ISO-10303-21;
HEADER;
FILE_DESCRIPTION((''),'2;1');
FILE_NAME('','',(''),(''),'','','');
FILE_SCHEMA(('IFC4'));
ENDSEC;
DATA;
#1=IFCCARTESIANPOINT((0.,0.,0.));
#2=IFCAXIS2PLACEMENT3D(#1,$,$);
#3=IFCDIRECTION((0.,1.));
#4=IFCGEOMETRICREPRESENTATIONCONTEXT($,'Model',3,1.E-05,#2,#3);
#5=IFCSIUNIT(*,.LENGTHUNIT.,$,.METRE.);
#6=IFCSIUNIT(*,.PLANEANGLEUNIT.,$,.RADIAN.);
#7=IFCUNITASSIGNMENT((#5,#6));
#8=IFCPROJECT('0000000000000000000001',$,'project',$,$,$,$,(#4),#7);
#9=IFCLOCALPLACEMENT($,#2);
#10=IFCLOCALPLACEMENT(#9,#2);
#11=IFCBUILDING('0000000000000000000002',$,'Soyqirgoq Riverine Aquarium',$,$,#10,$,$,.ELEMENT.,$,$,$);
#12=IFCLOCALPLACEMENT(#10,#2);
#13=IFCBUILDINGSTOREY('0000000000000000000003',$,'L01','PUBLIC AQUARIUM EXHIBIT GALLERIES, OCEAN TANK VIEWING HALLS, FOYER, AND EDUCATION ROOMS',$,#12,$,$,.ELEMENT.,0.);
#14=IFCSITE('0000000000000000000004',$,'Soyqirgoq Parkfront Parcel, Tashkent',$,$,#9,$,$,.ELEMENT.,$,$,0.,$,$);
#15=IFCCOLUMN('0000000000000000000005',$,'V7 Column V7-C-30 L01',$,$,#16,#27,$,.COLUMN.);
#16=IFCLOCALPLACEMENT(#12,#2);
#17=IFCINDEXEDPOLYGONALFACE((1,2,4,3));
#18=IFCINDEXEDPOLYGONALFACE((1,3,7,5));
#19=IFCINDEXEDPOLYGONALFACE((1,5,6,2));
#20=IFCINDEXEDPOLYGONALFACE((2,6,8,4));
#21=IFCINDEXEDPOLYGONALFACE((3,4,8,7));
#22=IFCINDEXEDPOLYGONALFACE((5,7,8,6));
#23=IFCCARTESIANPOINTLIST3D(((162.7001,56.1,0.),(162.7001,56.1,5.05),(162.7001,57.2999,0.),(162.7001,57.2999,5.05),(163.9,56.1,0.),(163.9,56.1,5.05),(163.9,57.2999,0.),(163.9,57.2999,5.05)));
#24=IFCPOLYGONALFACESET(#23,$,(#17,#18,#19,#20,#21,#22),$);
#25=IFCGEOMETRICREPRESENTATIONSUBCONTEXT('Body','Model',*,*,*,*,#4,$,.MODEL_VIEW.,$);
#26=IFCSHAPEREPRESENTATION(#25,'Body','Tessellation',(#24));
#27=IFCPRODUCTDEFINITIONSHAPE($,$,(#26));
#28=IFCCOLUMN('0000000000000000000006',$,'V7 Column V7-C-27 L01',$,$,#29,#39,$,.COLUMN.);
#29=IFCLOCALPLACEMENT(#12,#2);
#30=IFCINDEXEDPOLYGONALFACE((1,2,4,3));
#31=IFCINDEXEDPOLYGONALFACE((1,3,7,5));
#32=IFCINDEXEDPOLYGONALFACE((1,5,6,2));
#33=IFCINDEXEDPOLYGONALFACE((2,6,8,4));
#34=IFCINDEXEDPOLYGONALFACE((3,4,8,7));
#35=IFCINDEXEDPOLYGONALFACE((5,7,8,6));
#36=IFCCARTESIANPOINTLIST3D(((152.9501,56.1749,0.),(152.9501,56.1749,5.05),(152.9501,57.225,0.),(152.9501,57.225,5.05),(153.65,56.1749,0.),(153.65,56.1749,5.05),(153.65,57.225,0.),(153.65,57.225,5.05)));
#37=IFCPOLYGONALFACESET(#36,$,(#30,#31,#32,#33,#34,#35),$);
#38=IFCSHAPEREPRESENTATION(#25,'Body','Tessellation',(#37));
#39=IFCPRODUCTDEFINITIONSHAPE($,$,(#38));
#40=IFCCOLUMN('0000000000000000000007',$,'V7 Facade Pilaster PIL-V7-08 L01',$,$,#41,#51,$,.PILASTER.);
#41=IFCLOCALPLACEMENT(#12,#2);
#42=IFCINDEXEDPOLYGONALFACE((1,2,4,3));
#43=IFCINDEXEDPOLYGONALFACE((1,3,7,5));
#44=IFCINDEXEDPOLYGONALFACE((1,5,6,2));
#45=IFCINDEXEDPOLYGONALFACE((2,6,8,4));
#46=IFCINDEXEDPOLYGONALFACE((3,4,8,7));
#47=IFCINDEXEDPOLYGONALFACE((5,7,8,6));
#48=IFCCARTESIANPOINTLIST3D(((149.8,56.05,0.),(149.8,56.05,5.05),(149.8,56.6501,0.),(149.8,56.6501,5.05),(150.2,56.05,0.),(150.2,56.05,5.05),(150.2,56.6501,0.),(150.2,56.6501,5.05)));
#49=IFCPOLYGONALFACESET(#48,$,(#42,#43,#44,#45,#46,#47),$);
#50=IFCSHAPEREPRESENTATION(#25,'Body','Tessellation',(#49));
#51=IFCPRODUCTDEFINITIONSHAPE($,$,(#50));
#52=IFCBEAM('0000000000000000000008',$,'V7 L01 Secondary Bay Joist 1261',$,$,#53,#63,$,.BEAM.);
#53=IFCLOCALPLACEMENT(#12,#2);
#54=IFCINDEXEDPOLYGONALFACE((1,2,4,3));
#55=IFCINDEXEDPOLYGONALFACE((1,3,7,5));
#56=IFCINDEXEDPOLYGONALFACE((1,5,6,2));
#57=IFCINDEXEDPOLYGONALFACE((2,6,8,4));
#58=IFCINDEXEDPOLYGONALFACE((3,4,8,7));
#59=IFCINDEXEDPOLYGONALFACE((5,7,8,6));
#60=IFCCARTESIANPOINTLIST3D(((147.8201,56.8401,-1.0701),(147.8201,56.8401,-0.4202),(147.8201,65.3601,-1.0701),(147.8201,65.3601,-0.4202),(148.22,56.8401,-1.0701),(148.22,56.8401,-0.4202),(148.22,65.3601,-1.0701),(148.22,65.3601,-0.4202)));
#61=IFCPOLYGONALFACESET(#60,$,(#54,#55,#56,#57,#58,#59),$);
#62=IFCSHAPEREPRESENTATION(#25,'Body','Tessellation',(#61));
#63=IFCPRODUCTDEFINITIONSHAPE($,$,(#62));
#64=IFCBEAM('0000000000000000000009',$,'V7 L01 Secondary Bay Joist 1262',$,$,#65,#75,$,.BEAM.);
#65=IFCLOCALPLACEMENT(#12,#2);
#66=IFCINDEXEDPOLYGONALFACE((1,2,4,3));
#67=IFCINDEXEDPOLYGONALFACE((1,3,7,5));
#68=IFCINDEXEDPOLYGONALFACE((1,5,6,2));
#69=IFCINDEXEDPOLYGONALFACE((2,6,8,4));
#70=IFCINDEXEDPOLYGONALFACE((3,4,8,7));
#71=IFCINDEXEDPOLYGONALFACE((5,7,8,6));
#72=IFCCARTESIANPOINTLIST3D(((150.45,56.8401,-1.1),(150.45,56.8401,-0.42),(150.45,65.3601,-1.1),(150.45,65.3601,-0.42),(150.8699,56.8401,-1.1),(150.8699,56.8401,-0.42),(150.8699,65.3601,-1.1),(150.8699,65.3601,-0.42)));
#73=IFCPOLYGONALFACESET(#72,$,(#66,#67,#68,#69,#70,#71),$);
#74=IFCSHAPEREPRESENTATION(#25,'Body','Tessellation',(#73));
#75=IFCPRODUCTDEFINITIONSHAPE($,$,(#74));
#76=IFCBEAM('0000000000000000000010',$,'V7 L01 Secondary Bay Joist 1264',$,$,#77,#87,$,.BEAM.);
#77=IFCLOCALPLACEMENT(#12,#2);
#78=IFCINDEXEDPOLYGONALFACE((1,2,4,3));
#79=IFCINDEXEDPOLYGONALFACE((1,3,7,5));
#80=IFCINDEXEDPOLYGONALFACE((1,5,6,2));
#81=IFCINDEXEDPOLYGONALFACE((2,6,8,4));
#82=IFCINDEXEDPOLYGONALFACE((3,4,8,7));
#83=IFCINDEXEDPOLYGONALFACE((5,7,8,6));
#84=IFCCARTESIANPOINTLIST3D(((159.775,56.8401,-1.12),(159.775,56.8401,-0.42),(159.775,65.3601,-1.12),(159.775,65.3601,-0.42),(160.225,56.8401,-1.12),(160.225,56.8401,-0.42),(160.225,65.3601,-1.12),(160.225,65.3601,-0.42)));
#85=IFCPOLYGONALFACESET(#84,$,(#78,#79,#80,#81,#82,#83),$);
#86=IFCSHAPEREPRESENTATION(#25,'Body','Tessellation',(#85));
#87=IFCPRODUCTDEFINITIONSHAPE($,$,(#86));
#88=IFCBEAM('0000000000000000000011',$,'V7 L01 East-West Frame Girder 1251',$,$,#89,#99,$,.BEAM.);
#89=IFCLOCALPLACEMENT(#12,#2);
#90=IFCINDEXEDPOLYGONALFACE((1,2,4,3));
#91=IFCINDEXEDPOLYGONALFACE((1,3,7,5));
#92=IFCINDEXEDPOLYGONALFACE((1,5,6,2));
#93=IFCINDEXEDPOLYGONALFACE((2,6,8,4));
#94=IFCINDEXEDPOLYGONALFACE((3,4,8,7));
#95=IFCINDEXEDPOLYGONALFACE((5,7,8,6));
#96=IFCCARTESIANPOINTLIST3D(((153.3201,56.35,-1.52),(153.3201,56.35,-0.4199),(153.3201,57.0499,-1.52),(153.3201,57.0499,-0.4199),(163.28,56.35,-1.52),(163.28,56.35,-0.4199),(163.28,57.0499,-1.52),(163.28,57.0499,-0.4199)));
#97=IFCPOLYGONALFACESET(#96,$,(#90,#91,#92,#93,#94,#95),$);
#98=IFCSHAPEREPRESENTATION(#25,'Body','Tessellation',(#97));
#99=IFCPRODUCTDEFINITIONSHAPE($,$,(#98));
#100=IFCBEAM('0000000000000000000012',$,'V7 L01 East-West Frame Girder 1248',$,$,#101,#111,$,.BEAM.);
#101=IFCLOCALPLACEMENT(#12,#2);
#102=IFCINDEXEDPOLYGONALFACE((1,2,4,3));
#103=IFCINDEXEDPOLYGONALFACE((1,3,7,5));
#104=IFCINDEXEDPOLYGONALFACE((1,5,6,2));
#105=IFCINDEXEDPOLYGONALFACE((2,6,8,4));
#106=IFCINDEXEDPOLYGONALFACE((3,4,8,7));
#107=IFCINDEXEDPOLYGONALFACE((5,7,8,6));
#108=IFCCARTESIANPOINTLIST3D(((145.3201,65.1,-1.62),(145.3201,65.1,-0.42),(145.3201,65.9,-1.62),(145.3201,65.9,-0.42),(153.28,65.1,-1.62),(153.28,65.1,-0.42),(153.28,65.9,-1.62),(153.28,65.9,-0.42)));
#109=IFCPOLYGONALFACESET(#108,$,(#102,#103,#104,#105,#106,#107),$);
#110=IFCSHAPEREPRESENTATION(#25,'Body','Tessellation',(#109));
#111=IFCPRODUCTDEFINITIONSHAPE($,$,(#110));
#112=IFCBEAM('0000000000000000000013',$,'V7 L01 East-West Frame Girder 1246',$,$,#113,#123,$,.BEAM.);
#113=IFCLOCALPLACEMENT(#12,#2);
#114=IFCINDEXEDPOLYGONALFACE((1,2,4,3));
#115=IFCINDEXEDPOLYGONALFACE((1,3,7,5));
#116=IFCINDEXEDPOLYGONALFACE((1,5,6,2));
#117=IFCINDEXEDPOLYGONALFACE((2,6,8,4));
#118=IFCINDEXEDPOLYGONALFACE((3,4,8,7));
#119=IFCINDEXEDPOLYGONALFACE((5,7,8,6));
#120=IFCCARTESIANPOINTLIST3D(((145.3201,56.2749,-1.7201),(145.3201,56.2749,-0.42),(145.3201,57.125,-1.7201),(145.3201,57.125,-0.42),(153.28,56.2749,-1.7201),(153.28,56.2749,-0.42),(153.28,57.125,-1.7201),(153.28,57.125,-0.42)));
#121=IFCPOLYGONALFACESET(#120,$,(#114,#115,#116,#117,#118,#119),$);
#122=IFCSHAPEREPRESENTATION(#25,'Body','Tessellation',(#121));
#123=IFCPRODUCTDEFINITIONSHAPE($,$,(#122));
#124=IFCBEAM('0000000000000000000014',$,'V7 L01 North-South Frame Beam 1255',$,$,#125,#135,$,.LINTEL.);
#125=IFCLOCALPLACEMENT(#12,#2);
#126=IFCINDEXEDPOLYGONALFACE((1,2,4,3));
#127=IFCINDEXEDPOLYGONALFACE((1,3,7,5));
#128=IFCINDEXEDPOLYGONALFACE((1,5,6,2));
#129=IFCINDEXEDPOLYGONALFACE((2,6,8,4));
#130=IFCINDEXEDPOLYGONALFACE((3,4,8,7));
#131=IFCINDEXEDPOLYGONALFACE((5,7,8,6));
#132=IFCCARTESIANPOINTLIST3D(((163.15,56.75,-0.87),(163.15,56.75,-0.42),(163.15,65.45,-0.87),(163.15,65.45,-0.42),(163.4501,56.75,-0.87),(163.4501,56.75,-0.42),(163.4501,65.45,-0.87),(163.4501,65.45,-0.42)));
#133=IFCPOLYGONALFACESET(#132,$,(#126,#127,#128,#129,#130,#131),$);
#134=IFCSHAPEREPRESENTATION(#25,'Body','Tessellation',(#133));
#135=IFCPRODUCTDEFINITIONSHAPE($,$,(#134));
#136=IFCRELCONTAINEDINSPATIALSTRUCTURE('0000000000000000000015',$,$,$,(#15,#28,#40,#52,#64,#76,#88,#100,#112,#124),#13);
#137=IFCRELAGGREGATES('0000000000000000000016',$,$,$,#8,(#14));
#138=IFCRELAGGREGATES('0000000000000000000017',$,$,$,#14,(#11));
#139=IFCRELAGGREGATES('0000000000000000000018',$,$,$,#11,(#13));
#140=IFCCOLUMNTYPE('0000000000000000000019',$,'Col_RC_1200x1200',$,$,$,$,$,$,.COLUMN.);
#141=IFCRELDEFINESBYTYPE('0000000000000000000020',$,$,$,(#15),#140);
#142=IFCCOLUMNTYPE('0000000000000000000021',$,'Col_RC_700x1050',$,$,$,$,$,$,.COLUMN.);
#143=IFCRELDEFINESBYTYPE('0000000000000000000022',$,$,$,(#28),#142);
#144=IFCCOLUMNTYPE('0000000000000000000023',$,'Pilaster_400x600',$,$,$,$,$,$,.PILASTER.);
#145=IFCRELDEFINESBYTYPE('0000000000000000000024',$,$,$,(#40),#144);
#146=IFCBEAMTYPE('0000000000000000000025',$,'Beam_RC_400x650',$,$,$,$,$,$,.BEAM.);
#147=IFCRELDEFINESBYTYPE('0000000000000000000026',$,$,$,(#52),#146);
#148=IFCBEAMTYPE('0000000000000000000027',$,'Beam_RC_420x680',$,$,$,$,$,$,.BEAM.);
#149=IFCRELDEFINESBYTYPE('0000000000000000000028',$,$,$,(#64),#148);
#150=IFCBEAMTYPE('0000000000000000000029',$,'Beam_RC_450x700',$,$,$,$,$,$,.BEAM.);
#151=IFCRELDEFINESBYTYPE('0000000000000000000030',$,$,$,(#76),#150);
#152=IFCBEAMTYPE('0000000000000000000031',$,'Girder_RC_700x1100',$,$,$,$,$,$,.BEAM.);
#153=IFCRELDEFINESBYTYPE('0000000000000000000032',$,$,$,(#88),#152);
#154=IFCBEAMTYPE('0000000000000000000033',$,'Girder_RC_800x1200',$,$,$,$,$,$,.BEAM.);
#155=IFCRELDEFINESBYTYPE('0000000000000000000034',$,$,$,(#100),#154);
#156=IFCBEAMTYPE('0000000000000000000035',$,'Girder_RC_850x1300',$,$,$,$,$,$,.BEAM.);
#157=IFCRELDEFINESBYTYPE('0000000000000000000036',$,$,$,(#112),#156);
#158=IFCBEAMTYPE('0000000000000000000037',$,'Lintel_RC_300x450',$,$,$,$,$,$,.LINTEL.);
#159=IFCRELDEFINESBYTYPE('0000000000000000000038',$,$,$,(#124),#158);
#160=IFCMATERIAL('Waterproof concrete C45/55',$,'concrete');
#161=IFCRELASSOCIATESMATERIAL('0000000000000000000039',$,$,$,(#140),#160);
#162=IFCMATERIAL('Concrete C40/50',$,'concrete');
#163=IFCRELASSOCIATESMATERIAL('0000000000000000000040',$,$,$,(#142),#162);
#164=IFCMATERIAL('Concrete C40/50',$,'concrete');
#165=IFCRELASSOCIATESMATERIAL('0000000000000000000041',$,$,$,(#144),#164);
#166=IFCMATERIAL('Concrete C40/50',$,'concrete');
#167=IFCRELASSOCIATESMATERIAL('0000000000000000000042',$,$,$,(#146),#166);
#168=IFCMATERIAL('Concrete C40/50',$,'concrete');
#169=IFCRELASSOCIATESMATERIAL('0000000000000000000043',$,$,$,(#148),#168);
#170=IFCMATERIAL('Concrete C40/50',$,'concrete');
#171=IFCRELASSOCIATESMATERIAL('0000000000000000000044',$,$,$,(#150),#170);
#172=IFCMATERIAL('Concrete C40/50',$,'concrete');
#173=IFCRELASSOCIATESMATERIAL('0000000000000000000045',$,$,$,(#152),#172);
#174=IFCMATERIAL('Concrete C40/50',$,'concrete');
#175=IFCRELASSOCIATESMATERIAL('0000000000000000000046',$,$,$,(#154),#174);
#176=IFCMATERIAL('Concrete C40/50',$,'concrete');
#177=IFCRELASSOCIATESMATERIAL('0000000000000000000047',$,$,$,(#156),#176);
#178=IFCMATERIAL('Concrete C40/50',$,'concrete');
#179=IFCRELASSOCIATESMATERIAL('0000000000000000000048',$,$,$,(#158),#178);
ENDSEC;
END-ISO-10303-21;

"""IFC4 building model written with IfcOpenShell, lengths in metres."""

from ifc_helpers import new_model, si_unit, direction, frame, origin, origin_2d, place, context, subcontext, project, spatial, rectangle, extrude, material, material_profile, profile_set, type_object, element, save


model = new_model("IFC4")

# Units and contexts
model_context = context("Model", 3, precision=1e-05, world=origin(), true_north=direction((0.0, 1.0)))
body_context = subcontext(model_context, "Body", "Model", "MODEL_VIEW")
ifc_project = project(units=[si_unit("LENGTHUNIT", "METRE"), si_unit("PLANEANGLEUNIT", "RADIAN")], contexts=[model_context])

# Site, building, storey
site_placement = place(None, origin())
site = spatial("IfcSite", under=ifc_project, at=site_placement, Name="Soyqirgoq Parkfront Parcel, Tashkent", CompositionType="ELEMENT", RefElevation=0.0)
building_placement = place(site_placement, origin())
building = spatial("IfcBuilding", under=site, at=building_placement, Name="Soyqirgoq Riverine Aquarium", CompositionType="ELEMENT")
storey_placement = place(building_placement, origin())
storey = spatial("IfcBuildingStorey", under=building, at=storey_placement, Name="L01", Description="PUBLIC AQUARIUM EXHIBIT GALLERIES, OCEAN TANK VIEWING HALLS, FOYER, AND EDUCATION ROOMS", CompositionType="ELEMENT", Elevation=0.0)

# Columns
ifc_material_1 = material(Name="Waterproof concrete C45/55", Category="concrete")
ifc_material_profile_1 = material_profile(ifc_material_1, rectangle(XDim=1.2, YDim=1.2, at=origin_2d()), Name="RC 1200x1200")
ifc_profile_set_1 = profile_set([ifc_material_profile_1], Name="Waterproof concrete C45/55")
column_type_1 = type_object("IfcColumnType", Name="Col_RC_1200x1200", PredefinedType="COLUMN", material=ifc_profile_set_1)
column_1_placement = place(storey_placement, frame((163.3, 56.7, 0.0), z_axis=(0.0, 0.0, 1.0), x_axis=(1.0, 0.0, 0.0)))
element("IfcColumn", 1, at=column_1_placement, inside=storey, type_object=column_type_1, Name="V7 Column V7-C-30 L01", PredefinedType="COLUMN", context=body_context, shape_type="SweptSolid", body=[
    extrude(rectangle(XDim=1.2, YDim=1.2, at=origin_2d()), origin(), (0.0, 0.0, 1.0), 5.05),
])
ifc_material_2 = material(Name="Concrete C40/50", Category="concrete")
ifc_material_profile_2 = material_profile(ifc_material_2, rectangle(XDim=0.7, YDim=1.05, at=origin_2d()), Name="RC-COL 700x1050")
ifc_profile_set_2 = profile_set([ifc_material_profile_2], Name="Concrete C40/50")
column_type_2 = type_object("IfcColumnType", Name="Col_RC_700x1050", PredefinedType="COLUMN", material=ifc_profile_set_2)
column_2_placement = place(storey_placement, frame((153.3, 56.7, 0.0), z_axis=(0.0, 0.0, 1.0), x_axis=(1.0, 0.0, 0.0)))
element("IfcColumn", 2, at=column_2_placement, inside=storey, type_object=column_type_2, Name="V7 Column V7-C-27 L01", PredefinedType="COLUMN", context=body_context, shape_type="SweptSolid", body=[
    extrude(rectangle(XDim=0.7, YDim=1.05, at=origin_2d()), origin(), (0.0, 0.0, 1.0), 5.05),
])
ifc_material_3 = material(Name="Concrete C40/50", Category="concrete")
ifc_material_profile_3 = material_profile(ifc_material_3, rectangle(XDim=0.3999, YDim=0.6001, at=origin_2d()), Name="RC-PIL 400x600")
ifc_profile_set_3 = profile_set([ifc_material_profile_3], Name="Concrete C40/50")
column_type_3 = type_object("IfcColumnType", Name="Pilaster_400x600", PredefinedType="PILASTER", material=ifc_profile_set_3)
column_3_placement = place(storey_placement, frame((150.0, 56.3501, 0.0), z_axis=(0.0, 0.0, 1.0), x_axis=(1.0, 0.0, 0.0)))
element("IfcColumn", 3, at=column_3_placement, inside=storey, type_object=column_type_3, Name="V7 Facade Pilaster PIL-V7-08 L01", PredefinedType="PILASTER", context=body_context, shape_type="SweptSolid", body=[
    extrude(rectangle(XDim=0.3999, YDim=0.6001, at=origin_2d()), origin(), (0.0, 0.0, 1.0), 5.05),
])

# Beams
ifc_material_4 = material(Name="Concrete C40/50", Category="concrete")
ifc_material_profile_4 = material_profile(ifc_material_4, rectangle(XDim=0.3999, YDim=0.6499, at=origin_2d()), Name="RC 400x650")
ifc_profile_set_4 = profile_set([ifc_material_profile_4], Name="Concrete C40/50")
beam_type_1 = type_object("IfcBeamType", Name="Beam_RC_400x650", PredefinedType="BEAM", material=ifc_profile_set_4)
beam_1_placement = place(storey_placement, frame((148.02, 56.8401, -0.7451), z_axis=(0.0, 1.0, 0.0), x_axis=(-1.0, 0.0, 0.0)))
element("IfcBeam", 4, at=beam_1_placement, inside=storey, type_object=beam_type_1, Name="V7 L01 Secondary Bay Joist 1261", PredefinedType="BEAM", context=body_context, shape_type="SweptSolid", body=[
    extrude(rectangle(XDim=0.3999, YDim=0.6499, at=origin_2d()), origin(), (0.0, 0.0, 1.0), 8.52),
])
ifc_material_5 = material(Name="Concrete C40/50", Category="concrete")
ifc_material_profile_5 = material_profile(ifc_material_5, rectangle(XDim=0.4199, YDim=0.6799, at=origin_2d()), Name="RC 420x680")
ifc_profile_set_5 = profile_set([ifc_material_profile_5], Name="Concrete C40/50")
beam_type_2 = type_object("IfcBeamType", Name="Beam_RC_420x680", PredefinedType="BEAM", material=ifc_profile_set_5)
beam_2_placement = place(storey_placement, frame((150.6599, 56.8401, -0.76), z_axis=(0.0, 1.0, 0.0), x_axis=(-1.0, 0.0, 0.0)))
element("IfcBeam", 5, at=beam_2_placement, inside=storey, type_object=beam_type_2, Name="V7 L01 Secondary Bay Joist 1262", PredefinedType="BEAM", context=body_context, shape_type="SweptSolid", body=[
    extrude(rectangle(XDim=0.4199, YDim=0.6799, at=origin_2d()), origin(), (0.0, 0.0, 1.0), 8.52),
])
ifc_material_6 = material(Name="Concrete C40/50", Category="concrete")
ifc_material_profile_6 = material_profile(ifc_material_6, rectangle(XDim=0.45, YDim=0.7, at=origin_2d()), Name="RC 450x700")
ifc_profile_set_6 = profile_set([ifc_material_profile_6], Name="Concrete C40/50")
beam_type_3 = type_object("IfcBeamType", Name="Beam_RC_450x700", PredefinedType="BEAM", material=ifc_profile_set_6)
beam_3_placement = place(storey_placement, frame((160.0, 56.8401, -0.77), z_axis=(0.0, 1.0, 0.0), x_axis=(-1.0, 0.0, 0.0)))
element("IfcBeam", 6, at=beam_3_placement, inside=storey, type_object=beam_type_3, Name="V7 L01 Secondary Bay Joist 1264", PredefinedType="BEAM", context=body_context, shape_type="SweptSolid", body=[
    extrude(rectangle(XDim=0.45, YDim=0.7, at=origin_2d()), origin(), (0.0, 0.0, 1.0), 8.52),
])
ifc_material_7 = material(Name="Concrete C40/50", Category="concrete")
ifc_material_profile_7 = material_profile(ifc_material_7, rectangle(XDim=0.7, YDim=1.1001, at=origin_2d()), Name="RC 700x1100")
ifc_profile_set_7 = profile_set([ifc_material_profile_7], Name="Concrete C40/50")
beam_type_4 = type_object("IfcBeamType", Name="Girder_RC_700x1100", PredefinedType="BEAM", material=ifc_profile_set_7)
beam_4_placement = place(storey_placement, frame((153.3201, 56.7, -0.97), z_axis=(1.0, 0.0, 0.0), x_axis=(0.0, 1.0, 0.0)))
element("IfcBeam", 7, at=beam_4_placement, inside=storey, type_object=beam_type_4, Name="V7 L01 East-West Frame Girder 1251", PredefinedType="BEAM", context=body_context, shape_type="SweptSolid", body=[
    extrude(rectangle(XDim=0.7, YDim=1.1001, at=origin_2d()), origin(), (0.0, 0.0, 1.0), 9.96),
])
ifc_material_8 = material(Name="Concrete C40/50", Category="concrete")
ifc_material_profile_8 = material_profile(ifc_material_8, rectangle(XDim=0.8, YDim=1.2, at=origin_2d()), Name="RC 800x1200")
ifc_profile_set_8 = profile_set([ifc_material_profile_8], Name="Concrete C40/50")
beam_type_5 = type_object("IfcBeamType", Name="Girder_RC_800x1200", PredefinedType="BEAM", material=ifc_profile_set_8)
beam_5_placement = place(storey_placement, frame((145.3201, 65.5, -1.02), z_axis=(1.0, 0.0, 0.0), x_axis=(0.0, 1.0, 0.0)))
element("IfcBeam", 8, at=beam_5_placement, inside=storey, type_object=beam_type_5, Name="V7 L01 East-West Frame Girder 1248", PredefinedType="BEAM", context=body_context, shape_type="SweptSolid", body=[
    extrude(rectangle(XDim=0.8, YDim=1.2, at=origin_2d()), origin(), (0.0, 0.0, 1.0), 7.96),
])
ifc_material_9 = material(Name="Concrete C40/50", Category="concrete")
ifc_material_profile_9 = material_profile(ifc_material_9, rectangle(XDim=0.8501, YDim=1.3, at=origin_2d()), Name="RC 850x1300")
ifc_profile_set_9 = profile_set([ifc_material_profile_9], Name="Concrete C40/50")
beam_type_6 = type_object("IfcBeamType", Name="Girder_RC_850x1300", PredefinedType="BEAM", material=ifc_profile_set_9)
beam_6_placement = place(storey_placement, frame((145.3201, 56.7, -1.0701), z_axis=(1.0, 0.0, 0.0), x_axis=(0.0, 1.0, 0.0)))
element("IfcBeam", 9, at=beam_6_placement, inside=storey, type_object=beam_type_6, Name="V7 L01 East-West Frame Girder 1246", PredefinedType="BEAM", context=body_context, shape_type="SweptSolid", body=[
    extrude(rectangle(XDim=0.8501, YDim=1.3, at=origin_2d()), origin(), (0.0, 0.0, 1.0), 7.96),
])
ifc_material_10 = material(Name="Concrete C40/50", Category="concrete")
ifc_material_profile_10 = material_profile(ifc_material_10, rectangle(XDim=0.3, YDim=0.45, at=origin_2d()), Name="RC 300x450")
ifc_profile_set_10 = profile_set([ifc_material_profile_10], Name="Concrete C40/50")
beam_type_7 = type_object("IfcBeamType", Name="Lintel_RC_300x450", PredefinedType="LINTEL", material=ifc_profile_set_10)
beam_7_placement = place(storey_placement, frame((163.3, 56.75, -0.645), z_axis=(0.0, 1.0, 0.0), x_axis=(-1.0, 0.0, 0.0)))
element("IfcBeam", 10, at=beam_7_placement, inside=storey, type_object=beam_type_7, Name="V7 L01 North-South Frame Beam 1255", PredefinedType="LINTEL", context=body_context, shape_type="SweptSolid", body=[
    extrude(rectangle(XDim=0.3, YDim=0.45, at=origin_2d()), origin(), (0.0, 0.0, 1.0), 8.7),
])

save(model, "model.ifc")
